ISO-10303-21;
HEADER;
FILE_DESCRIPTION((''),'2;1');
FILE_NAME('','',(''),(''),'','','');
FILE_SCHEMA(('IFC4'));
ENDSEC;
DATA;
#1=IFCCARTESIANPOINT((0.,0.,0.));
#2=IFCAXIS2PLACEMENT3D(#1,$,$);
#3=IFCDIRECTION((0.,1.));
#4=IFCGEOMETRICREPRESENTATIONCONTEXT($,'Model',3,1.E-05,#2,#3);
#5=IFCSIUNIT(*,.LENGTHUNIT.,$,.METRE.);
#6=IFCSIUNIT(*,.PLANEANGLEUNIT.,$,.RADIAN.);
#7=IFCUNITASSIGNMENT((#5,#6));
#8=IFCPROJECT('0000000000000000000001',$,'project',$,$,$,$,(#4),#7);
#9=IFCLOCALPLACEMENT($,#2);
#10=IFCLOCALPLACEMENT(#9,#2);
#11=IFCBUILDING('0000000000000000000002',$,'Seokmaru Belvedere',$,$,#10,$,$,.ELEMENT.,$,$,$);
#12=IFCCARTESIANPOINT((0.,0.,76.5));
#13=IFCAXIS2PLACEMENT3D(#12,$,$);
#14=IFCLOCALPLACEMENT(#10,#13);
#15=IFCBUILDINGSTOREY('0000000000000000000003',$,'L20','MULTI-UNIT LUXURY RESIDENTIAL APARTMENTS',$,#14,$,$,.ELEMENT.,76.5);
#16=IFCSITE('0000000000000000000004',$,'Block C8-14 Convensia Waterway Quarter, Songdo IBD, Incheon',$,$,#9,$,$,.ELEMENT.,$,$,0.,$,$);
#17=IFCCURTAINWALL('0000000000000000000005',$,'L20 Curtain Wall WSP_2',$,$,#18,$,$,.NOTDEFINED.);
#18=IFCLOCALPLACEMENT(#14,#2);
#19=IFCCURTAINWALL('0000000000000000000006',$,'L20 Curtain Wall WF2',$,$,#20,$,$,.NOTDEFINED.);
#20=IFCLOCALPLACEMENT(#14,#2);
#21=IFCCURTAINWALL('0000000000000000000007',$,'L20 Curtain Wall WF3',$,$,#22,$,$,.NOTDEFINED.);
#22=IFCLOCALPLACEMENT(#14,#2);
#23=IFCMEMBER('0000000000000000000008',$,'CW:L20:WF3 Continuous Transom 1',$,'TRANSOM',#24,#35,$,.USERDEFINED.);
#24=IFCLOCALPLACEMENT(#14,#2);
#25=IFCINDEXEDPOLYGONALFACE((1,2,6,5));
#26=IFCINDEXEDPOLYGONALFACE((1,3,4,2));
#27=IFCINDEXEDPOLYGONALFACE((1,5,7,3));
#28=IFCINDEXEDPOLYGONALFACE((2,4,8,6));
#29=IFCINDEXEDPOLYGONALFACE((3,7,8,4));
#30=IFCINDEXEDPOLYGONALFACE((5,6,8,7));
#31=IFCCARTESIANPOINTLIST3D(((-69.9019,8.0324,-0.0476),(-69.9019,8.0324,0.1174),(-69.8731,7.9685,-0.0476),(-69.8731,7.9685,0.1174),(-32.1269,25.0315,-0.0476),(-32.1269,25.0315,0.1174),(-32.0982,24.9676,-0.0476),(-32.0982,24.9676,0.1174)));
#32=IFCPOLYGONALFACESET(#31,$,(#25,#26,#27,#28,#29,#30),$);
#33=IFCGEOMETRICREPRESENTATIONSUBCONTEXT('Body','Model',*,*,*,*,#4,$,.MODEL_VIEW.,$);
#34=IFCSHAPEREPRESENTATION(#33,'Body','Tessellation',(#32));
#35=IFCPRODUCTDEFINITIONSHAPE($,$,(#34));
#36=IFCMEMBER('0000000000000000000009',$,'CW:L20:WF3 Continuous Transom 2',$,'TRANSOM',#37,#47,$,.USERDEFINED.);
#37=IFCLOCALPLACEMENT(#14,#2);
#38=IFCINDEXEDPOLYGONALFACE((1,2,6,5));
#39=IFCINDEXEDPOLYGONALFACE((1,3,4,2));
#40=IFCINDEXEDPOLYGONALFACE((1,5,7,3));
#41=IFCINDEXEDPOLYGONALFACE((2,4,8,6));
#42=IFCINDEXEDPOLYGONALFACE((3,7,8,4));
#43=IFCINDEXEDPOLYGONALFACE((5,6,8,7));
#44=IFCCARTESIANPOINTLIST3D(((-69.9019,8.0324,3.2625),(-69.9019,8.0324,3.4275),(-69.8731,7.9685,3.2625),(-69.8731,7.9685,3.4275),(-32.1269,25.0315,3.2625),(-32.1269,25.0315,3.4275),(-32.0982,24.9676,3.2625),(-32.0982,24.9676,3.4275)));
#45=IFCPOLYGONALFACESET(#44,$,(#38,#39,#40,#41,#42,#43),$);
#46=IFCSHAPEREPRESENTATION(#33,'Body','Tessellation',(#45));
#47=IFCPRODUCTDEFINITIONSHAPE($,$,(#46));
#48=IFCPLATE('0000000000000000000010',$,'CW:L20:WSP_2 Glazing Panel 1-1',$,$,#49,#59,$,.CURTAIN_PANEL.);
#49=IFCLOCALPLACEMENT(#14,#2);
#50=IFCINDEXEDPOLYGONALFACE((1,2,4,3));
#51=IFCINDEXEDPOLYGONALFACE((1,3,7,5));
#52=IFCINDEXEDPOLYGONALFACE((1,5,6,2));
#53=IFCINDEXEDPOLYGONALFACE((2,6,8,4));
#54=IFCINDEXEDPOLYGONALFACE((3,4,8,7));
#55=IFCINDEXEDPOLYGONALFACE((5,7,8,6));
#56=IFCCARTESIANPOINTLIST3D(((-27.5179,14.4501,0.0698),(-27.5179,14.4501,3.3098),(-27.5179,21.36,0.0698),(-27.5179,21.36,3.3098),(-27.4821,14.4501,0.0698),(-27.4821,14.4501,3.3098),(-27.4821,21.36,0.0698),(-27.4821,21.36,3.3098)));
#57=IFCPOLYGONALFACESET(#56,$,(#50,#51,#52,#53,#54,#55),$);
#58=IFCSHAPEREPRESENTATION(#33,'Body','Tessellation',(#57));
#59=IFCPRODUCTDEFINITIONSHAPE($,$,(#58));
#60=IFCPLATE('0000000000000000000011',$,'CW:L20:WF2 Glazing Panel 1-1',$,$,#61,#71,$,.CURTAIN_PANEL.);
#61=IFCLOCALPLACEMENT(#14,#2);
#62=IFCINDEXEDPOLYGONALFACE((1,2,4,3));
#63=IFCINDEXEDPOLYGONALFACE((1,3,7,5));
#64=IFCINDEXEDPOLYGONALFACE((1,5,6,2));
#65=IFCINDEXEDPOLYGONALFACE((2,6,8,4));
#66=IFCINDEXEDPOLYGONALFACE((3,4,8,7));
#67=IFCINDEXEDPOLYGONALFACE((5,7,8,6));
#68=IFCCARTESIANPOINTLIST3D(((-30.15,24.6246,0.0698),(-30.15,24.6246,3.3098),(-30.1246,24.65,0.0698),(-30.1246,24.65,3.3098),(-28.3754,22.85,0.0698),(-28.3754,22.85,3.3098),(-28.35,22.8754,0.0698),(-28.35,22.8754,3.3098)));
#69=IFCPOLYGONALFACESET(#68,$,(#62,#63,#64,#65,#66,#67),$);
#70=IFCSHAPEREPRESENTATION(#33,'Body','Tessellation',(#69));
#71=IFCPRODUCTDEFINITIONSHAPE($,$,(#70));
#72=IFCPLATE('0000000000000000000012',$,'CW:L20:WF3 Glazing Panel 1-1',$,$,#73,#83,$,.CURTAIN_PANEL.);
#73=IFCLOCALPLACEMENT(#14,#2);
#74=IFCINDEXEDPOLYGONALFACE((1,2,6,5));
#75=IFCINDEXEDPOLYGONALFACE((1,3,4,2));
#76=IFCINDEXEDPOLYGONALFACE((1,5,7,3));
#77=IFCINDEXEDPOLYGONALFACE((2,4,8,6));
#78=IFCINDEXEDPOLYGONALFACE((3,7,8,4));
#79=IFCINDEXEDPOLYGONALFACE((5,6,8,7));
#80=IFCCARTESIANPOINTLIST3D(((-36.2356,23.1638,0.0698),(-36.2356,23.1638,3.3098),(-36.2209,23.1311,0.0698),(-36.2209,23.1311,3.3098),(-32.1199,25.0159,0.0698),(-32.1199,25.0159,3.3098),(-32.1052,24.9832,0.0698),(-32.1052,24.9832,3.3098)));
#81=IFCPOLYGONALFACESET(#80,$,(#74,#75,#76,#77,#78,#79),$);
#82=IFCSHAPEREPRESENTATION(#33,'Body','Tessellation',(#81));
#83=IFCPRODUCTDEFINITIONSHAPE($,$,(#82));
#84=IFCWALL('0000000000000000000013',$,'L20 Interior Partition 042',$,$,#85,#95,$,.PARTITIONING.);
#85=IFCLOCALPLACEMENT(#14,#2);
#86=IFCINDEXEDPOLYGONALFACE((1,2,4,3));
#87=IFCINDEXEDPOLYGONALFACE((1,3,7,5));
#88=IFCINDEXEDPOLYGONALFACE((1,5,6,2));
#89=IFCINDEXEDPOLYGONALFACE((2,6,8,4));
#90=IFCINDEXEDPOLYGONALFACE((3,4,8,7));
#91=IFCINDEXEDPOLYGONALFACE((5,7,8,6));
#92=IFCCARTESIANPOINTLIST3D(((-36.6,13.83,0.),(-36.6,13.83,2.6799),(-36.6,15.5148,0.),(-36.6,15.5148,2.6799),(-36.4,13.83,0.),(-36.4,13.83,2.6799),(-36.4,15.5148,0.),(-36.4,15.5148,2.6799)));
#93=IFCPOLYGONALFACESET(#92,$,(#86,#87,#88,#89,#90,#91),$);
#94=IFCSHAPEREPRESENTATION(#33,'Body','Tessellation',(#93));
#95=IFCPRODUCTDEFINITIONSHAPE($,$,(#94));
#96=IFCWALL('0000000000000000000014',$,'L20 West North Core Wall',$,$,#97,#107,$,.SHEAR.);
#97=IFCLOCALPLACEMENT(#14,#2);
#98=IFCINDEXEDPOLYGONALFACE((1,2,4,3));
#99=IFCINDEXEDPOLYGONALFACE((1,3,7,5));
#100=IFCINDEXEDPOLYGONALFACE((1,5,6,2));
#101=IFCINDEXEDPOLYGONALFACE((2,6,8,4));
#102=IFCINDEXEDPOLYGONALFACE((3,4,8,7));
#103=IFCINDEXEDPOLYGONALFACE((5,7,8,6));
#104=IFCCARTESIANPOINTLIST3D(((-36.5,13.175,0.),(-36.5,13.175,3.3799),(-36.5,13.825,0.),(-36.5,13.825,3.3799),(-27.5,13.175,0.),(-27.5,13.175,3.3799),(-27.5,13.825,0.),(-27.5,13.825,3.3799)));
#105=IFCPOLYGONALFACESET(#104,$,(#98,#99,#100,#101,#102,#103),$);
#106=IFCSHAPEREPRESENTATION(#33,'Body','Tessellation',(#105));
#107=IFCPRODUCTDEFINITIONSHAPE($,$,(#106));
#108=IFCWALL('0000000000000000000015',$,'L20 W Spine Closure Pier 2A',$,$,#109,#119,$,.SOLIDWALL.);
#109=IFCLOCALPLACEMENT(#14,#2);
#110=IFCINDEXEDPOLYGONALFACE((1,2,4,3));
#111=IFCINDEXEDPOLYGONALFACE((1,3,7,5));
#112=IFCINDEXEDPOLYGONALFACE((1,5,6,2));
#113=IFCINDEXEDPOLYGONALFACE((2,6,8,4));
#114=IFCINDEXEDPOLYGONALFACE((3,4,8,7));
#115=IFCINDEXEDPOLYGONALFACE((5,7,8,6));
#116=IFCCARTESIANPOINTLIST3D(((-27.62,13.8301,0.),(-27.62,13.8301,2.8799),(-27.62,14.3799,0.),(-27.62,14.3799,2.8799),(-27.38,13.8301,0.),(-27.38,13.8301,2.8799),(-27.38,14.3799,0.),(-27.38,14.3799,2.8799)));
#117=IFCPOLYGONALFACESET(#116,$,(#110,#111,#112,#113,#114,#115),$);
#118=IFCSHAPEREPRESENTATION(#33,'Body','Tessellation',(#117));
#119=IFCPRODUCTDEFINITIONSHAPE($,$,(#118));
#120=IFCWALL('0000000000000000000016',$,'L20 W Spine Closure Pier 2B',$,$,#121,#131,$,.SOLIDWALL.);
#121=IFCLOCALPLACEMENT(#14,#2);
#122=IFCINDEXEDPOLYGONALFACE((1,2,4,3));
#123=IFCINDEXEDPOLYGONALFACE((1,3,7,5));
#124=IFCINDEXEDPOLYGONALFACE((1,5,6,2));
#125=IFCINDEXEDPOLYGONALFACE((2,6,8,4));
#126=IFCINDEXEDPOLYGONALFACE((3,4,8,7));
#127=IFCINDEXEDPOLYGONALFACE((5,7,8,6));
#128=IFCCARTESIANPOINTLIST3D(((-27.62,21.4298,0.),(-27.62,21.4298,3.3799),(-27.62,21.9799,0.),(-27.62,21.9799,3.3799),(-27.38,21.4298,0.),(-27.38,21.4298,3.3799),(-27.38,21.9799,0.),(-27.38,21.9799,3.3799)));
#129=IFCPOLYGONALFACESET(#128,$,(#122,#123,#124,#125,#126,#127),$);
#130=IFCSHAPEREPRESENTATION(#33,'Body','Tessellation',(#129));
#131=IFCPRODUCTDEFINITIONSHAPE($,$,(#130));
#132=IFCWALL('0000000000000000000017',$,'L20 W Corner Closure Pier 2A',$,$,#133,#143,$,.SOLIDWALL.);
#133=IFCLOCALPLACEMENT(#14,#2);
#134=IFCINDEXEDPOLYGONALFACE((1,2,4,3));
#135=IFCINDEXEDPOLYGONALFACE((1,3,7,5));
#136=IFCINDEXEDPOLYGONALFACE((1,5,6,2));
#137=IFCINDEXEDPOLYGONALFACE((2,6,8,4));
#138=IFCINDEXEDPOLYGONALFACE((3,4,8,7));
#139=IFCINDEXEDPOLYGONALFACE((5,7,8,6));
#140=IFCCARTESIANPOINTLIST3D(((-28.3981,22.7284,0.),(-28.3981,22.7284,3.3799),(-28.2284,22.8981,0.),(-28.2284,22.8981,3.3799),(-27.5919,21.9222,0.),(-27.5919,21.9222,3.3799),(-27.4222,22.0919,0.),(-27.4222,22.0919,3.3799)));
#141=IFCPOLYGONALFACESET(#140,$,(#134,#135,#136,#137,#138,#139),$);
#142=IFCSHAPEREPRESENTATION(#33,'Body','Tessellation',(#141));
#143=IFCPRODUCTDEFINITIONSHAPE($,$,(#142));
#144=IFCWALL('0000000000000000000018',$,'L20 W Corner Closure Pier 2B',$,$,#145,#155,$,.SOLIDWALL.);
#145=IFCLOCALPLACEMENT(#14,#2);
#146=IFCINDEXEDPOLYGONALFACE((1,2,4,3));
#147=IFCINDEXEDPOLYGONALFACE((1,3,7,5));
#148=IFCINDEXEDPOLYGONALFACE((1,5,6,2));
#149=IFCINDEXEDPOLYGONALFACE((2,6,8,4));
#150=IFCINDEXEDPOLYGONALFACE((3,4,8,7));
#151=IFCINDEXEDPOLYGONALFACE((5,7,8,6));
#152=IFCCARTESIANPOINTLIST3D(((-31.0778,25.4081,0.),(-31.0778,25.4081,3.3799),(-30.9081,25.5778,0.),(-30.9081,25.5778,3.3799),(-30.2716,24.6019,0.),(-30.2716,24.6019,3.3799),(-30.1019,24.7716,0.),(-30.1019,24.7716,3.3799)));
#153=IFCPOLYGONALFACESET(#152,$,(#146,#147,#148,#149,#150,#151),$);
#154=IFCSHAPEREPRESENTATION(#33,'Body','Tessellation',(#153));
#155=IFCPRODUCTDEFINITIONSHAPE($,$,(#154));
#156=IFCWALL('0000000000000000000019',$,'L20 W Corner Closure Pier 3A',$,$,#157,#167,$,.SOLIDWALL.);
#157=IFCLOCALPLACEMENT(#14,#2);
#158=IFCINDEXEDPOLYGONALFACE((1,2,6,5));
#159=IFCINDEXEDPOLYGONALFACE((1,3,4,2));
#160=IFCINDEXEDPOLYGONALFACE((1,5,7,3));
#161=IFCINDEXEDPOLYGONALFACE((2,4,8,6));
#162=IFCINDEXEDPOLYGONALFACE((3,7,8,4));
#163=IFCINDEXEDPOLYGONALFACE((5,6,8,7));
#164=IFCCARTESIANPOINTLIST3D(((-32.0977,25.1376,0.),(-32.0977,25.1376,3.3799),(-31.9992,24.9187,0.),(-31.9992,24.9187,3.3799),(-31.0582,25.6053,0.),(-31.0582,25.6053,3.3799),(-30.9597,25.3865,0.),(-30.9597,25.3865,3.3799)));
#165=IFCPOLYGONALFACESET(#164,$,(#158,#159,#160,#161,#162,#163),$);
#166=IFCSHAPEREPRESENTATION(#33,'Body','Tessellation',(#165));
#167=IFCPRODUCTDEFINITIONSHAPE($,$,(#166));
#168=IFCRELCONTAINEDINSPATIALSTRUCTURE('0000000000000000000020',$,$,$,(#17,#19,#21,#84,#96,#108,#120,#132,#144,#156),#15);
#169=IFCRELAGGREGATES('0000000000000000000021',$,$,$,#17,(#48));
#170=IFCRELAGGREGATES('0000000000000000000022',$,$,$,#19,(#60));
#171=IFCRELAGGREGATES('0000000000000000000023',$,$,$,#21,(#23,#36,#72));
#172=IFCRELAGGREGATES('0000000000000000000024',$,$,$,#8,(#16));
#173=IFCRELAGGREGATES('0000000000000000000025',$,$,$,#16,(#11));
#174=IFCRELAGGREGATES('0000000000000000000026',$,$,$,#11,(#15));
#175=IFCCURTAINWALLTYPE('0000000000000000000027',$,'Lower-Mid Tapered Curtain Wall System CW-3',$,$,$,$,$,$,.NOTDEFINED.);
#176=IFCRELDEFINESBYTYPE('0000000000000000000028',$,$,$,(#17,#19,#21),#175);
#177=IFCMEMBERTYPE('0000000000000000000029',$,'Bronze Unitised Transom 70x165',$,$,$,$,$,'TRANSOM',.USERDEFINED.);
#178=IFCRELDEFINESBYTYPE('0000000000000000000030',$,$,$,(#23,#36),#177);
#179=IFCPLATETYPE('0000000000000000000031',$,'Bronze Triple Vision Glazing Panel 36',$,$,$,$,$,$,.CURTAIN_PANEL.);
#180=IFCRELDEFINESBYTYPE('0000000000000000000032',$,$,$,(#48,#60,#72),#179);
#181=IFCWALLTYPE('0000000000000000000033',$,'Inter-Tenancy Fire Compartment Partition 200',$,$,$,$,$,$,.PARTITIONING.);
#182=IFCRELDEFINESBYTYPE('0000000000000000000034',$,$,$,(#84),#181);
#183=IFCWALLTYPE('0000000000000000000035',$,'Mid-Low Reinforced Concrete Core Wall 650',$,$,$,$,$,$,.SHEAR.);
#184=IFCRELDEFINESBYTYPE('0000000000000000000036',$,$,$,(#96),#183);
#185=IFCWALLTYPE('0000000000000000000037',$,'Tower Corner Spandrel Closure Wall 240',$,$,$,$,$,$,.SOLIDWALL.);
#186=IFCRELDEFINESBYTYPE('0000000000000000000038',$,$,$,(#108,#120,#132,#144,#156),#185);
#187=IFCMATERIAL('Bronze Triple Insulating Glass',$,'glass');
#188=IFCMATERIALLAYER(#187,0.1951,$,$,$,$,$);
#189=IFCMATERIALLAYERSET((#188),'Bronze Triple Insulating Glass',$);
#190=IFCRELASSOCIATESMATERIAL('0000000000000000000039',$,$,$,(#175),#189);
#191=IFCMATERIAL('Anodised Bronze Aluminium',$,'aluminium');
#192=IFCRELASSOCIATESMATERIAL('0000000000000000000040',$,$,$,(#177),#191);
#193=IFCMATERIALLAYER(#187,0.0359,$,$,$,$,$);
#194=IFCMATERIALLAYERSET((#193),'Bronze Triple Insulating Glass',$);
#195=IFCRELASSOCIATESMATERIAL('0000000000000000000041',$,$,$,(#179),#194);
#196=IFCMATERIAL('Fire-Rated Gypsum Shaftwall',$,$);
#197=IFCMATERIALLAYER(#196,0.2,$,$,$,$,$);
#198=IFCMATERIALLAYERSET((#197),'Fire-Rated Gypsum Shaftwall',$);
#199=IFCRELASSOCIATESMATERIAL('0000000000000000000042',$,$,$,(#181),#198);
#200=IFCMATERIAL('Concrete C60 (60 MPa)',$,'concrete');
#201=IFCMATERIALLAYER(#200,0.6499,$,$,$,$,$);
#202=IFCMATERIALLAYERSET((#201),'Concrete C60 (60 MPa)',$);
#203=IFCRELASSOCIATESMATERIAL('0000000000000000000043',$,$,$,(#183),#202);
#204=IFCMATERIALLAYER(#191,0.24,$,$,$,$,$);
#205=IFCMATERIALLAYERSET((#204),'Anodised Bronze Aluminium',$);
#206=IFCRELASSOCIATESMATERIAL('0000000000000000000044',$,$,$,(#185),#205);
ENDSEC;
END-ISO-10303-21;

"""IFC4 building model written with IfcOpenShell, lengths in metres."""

from ifc_helpers import new_model, si_unit, direction, frame, frame_2d, origin, origin_2d, place, context, subcontext, project, spatial, rectangle, extrude, source, transform, mapped, material, layer, layer_set, material_profile, profile_set, type_object, type_shapes, element, aggregate, save


model = new_model("IFC4")

# Units and contexts
model_context = context("Model", 3, precision=1e-05, world=origin(), true_north=direction((0.0, 1.0)))
body_context = subcontext(model_context, "Body", "Model", "MODEL_VIEW")
ifc_project = project(units=[si_unit("LENGTHUNIT", "METRE"), si_unit("PLANEANGLEUNIT", "RADIAN")], contexts=[model_context])

# Site, building, storey
site_placement = place(None, origin())
site = spatial("IfcSite", under=ifc_project, at=site_placement, Name="Block C8-14 Convensia Waterway Quarter, Songdo IBD, Incheon", CompositionType="ELEMENT", RefElevation=0.0)
building_placement = place(site_placement, origin())
building = spatial("IfcBuilding", under=site, at=building_placement, Name="Seokmaru Belvedere", CompositionType="ELEMENT")
storey_placement = place(building_placement, frame((0.0, 0.0, 76.5)))
storey = spatial("IfcBuildingStorey", under=building, at=storey_placement, Name="L20", Description="MULTI-UNIT LUXURY RESIDENTIAL APARTMENTS", CompositionType="ELEMENT", Elevation=76.5)

# Curtain walls
ifc_material_1 = material(Name="Bronze Triple Insulating Glass", Category="glass")
ifc_layer_1 = layer(ifc_material_1, 0.1951)
ifc_layer_set_1 = layer_set([ifc_layer_1], Name="Bronze Triple Insulating Glass")
curtain_wall_type = type_object("IfcCurtainWallType", Name="Lower-Mid Tapered Curtain Wall System CW-3", PredefinedType="NOTDEFINED", material=ifc_layer_set_1)
curtain_wall_1_placement = place(storey_placement, origin())
curtain_wall_1 = element("IfcCurtainWall", 1, at=curtain_wall_1_placement, inside=storey, type_object=curtain_wall_type, Name="L20 Curtain Wall WSP_2", PredefinedType="NOTDEFINED")
ifc_material_2 = material(Name="Anodised Bronze Aluminium", Category="aluminium")
curtain_wall_2_placement = place(storey_placement, origin())
curtain_wall_2 = element("IfcCurtainWall", 2, at=curtain_wall_2_placement, inside=storey, type_object=curtain_wall_type, Name="L20 Curtain Wall WF2", PredefinedType="NOTDEFINED")

# Curtain wall
curtain_wall_3_placement = place(storey_placement, origin())
curtain_wall_3 = element("IfcCurtainWall", 3, at=curtain_wall_3_placement, inside=storey, type_object=curtain_wall_type, Name="L20 Curtain Wall WF3", PredefinedType="NOTDEFINED")

# Members
ifc_material_profile_1 = material_profile(ifc_material_2, rectangle(XDim=0.0701, YDim=0.165, at=origin_2d()), Name="CW-T-70x165")
ifc_profile_set_1 = profile_set([ifc_material_profile_1], Name="Anodised Bronze Aluminium")
member_type_1 = type_object("IfcMemberType", Name="Bronze Unitised Transom 70x165", ElementType="TRANSOM", PredefinedType="USERDEFINED", material=ifc_profile_set_1)
shared_shape_1 = source(origin(), body_context, "Body", "SweptSolid", [
    extrude(rectangle(XDim=0.0701, YDim=0.165, at=origin_2d()), origin(), (0.0, 0.0, 1.0), 41.4236),
])
member_1_placement = place(storey_placement, frame((-32.1125, 24.9995, 0.0349), z_axis=(-0.911919, -0.410371, 0.0), x_axis=(0.410371, -0.911919, 0.0)))
member_1 = element("IfcMember", 4, at=member_1_placement, type_object=member_type_1, Name="CW:L20:WF3 Continuous Transom 1", ObjectType="TRANSOM", PredefinedType="USERDEFINED", context=body_context, shape_type="MappedRepresentation", body=[
    mapped(shared_shape_1, transform((0.0, 0.0, 0.0), scale=1.0)),
])
member_2_placement = place(storey_placement, frame((-32.1125, 24.9995, 3.345), z_axis=(-0.911919, -0.410371, 0.0), x_axis=(0.410371, -0.911919, 0.0)))
member_2 = element("IfcMember", 5, at=member_2_placement, type_object=member_type_1, Name="CW:L20:WF3 Continuous Transom 2", ObjectType="TRANSOM", PredefinedType="USERDEFINED", context=body_context, shape_type="MappedRepresentation", body=[
    mapped(shared_shape_1, transform((0.0, 0.0, 0.0), scale=1.0)),
])

# Plates
ifc_layer_2 = layer(ifc_material_1, 0.0359)
ifc_layer_set_2 = layer_set([ifc_layer_2], Name="Bronze Triple Insulating Glass")
plate_type = type_object("IfcPlateType", Name="Bronze Triple Vision Glazing Panel 36", PredefinedType="CURTAIN_PANEL", material=ifc_layer_set_2)
shared_shape_2 = source(origin(), body_context, "Body", "SweptSolid", [
    extrude(rectangle(XDim=6.9099, YDim=0.0359, at=origin_2d()), origin(), (0.0, 0.0, 1.0), 3.24),
])
plate_1_placement = place(storey_placement, frame((-27.5, 17.905, 0.0698), z_axis=(0.0, 0.0, 1.0), x_axis=(0.0, 1.0, 0.0)))
plate_1 = element("IfcPlate", 6, at=plate_1_placement, type_object=plate_type, Name="CW:L20:WSP_2 Glazing Panel 1-1", PredefinedType="CURTAIN_PANEL", context=body_context, shape_type="MappedRepresentation", body=[
    mapped(shared_shape_2, transform((0.0, 0.0, 0.0), scale=1.0)),
])
aggregate(curtain_wall_1, [plate_1])
shared_shape_3 = source(origin(), body_context, "Body", "SweptSolid", [
    extrude(rectangle(XDim=2.5098, YDim=0.0359, at=origin_2d()), origin(), (0.0, 0.0, 1.0), 3.24),
])
plate_2_placement = place(storey_placement, frame((-29.25, 23.75, 0.0698), z_axis=(0.0, 0.0, 1.0), x_axis=(-0.707107, 0.707107, 0.0)))
plate_2 = element("IfcPlate", 7, at=plate_2_placement, type_object=plate_type, Name="CW:L20:WF2 Glazing Panel 1-1", PredefinedType="CURTAIN_PANEL", context=body_context, shape_type="MappedRepresentation", body=[
    mapped(shared_shape_3, transform((0.0, 0.0, 0.0), scale=1.0)),
])
aggregate(curtain_wall_2, [plate_2])
shared_shape_4 = source(origin(), body_context, "Body", "SweptSolid", [
    extrude(rectangle(XDim=4.5132, YDim=0.0359, at=origin_2d()), origin(), (0.0, 0.0, 1.0), 3.24),
])
type_shapes(plate_type, [shared_shape_2, shared_shape_3, shared_shape_4])
plate_3_placement = place(storey_placement, frame((-34.1704, 24.0735, 0.0698), z_axis=(0.0, 0.0, 1.0), x_axis=(-0.911921, -0.410366, 0.0)))
plate_3 = element("IfcPlate", 8, at=plate_3_placement, type_object=plate_type, Name="CW:L20:WF3 Glazing Panel 1-1", PredefinedType="CURTAIN_PANEL", context=body_context, shape_type="MappedRepresentation", body=[
    mapped(shared_shape_4, transform((0.0, 0.0, 0.0), scale=1.0)),
])
aggregate(curtain_wall_3, [member_1, member_2, plate_3])

# Walls
ifc_material_3 = material(Name="Fire-Rated Gypsum Shaftwall")
ifc_layer_3 = layer(ifc_material_3, 0.2)
ifc_layer_set_3 = layer_set([ifc_layer_3], Name="Fire-Rated Gypsum Shaftwall")
wall_type_1 = type_object("IfcWallType", Name="Inter-Tenancy Fire Compartment Partition 200", PredefinedType="PARTITIONING", material=ifc_layer_set_3)
wall_1_placement = place(storey_placement, frame((-36.5, 13.8301, 0.0), z_axis=(0.0, 0.0, 1.0), x_axis=(0.0, 1.0, 0.0)))
element("IfcWall", 9, at=wall_1_placement, inside=storey, type_object=wall_type_1, Name="L20 Interior Partition 042", PredefinedType="PARTITIONING", context=body_context, shape_type="SweptSolid", body=[
    extrude(rectangle(XDim=1.6848, YDim=0.2, at=frame_2d((0.8423, 0.0))), origin(), (0.0, 0.0, 1.0), 2.6799),
])
ifc_material_4 = material(Name="Concrete C60 (60 MPa)", Category="concrete")
ifc_layer_4 = layer(ifc_material_4, 0.6499)
ifc_layer_set_4 = layer_set([ifc_layer_4], Name="Concrete C60 (60 MPa)")
wall_type_2 = type_object("IfcWallType", Name="Mid-Low Reinforced Concrete Core Wall 650", PredefinedType="SHEAR", material=ifc_layer_set_4)
wall_2_placement = place(storey_placement, frame((-36.5, 13.5, 0.0), z_axis=(0.0, 0.0, 1.0), x_axis=(1.0, 0.0, 0.0)))
element("IfcWall", 10, at=wall_2_placement, inside=storey, type_object=wall_type_2, Name="L20 West North Core Wall", PredefinedType="SHEAR", context=body_context, shape_type="SweptSolid", body=[
    extrude(rectangle(XDim=9.0, YDim=0.6499, at=frame_2d((4.5, 0.0))), origin(), (0.0, 0.0, 1.0), 3.3799),
])
ifc_layer_5 = layer(ifc_material_2, 0.24)
ifc_layer_set_5 = layer_set([ifc_layer_5], Name="Anodised Bronze Aluminium")
wall_type_3 = type_object("IfcWallType", Name="Tower Corner Spandrel Closure Wall 240", PredefinedType="SOLIDWALL", material=ifc_layer_set_5)
wall_3_placement = place(storey_placement, frame((-27.5, 13.8301, 0.0), z_axis=(0.0, 0.0, 1.0), x_axis=(0.0, 1.0, 0.0)))
element("IfcWall", 11, at=wall_3_placement, inside=storey, type_object=wall_type_3, Name="L20 W Spine Closure Pier 2A", PredefinedType="SOLIDWALL", context=body_context, shape_type="SweptSolid", body=[
    extrude(rectangle(XDim=0.5498, YDim=0.24, at=frame_2d((0.2749, 0.0))), origin(), (0.0, 0.0, 1.0), 2.8799),
])
wall_4_placement = place(storey_placement, frame((-27.5, 21.4299, 0.0), z_axis=(0.0, 0.0, 1.0), x_axis=(0.0, 1.0, 0.0)))
element("IfcWall", 12, at=wall_4_placement, inside=storey, type_object=wall_type_3, Name="L20 W Spine Closure Pier 2B", PredefinedType="SOLIDWALL", context=body_context, shape_type="SweptSolid", body=[
    extrude(rectangle(XDim=0.55, YDim=0.24, at=frame_2d((0.2749, 0.0))), origin(), (0.0, 0.0, 1.0), 3.3799),
])
for number, where, z_axis, x_axis, name in (
    (13, (-27.5071, 22.0071, 0.0), (0.0, 0.0, 1.0), (-0.707107, 0.707107, 0.0), "L20 W Corner Closure Pier 2A"),
    (14, (-30.1868, 24.6868, 0.0), (0.0, 0.0, 1.0), (-0.707107, 0.707107, 0.0), "L20 W Corner Closure Pier 2B"),
):
    element("IfcWall", number, at=place(storey_placement, frame(where, z_axis=z_axis, x_axis=x_axis)), inside=storey, type_object=wall_type_3, Name=name, PredefinedType="SOLIDWALL", context=body_context, shape_type="SweptSolid", body=[
        extrude(rectangle(XDim=1.1401, YDim=0.24, at=frame_2d((0.5701, 0.0))), origin(), (0.0, 0.0, 1.0), 3.3799),
    ])
wall_5_placement = place(storey_placement, frame((-31.009, 25.4958, 0.0), z_axis=(0.0, 0.0, 1.0), x_axis=(-0.91193, -0.410347, 0.0)))
element("IfcWall", 15, at=wall_5_placement, inside=storey, type_object=wall_type_3, Name="L20 W Corner Closure Pier 3A", PredefinedType="SOLIDWALL", context=body_context, shape_type="SweptSolid", body=[
    extrude(rectangle(XDim=1.1399, YDim=0.24, at=frame_2d((0.5698, 0.0))), origin(), (0.0, 0.0, 1.0), 3.3799),
])

save(model, "model.ifc")
